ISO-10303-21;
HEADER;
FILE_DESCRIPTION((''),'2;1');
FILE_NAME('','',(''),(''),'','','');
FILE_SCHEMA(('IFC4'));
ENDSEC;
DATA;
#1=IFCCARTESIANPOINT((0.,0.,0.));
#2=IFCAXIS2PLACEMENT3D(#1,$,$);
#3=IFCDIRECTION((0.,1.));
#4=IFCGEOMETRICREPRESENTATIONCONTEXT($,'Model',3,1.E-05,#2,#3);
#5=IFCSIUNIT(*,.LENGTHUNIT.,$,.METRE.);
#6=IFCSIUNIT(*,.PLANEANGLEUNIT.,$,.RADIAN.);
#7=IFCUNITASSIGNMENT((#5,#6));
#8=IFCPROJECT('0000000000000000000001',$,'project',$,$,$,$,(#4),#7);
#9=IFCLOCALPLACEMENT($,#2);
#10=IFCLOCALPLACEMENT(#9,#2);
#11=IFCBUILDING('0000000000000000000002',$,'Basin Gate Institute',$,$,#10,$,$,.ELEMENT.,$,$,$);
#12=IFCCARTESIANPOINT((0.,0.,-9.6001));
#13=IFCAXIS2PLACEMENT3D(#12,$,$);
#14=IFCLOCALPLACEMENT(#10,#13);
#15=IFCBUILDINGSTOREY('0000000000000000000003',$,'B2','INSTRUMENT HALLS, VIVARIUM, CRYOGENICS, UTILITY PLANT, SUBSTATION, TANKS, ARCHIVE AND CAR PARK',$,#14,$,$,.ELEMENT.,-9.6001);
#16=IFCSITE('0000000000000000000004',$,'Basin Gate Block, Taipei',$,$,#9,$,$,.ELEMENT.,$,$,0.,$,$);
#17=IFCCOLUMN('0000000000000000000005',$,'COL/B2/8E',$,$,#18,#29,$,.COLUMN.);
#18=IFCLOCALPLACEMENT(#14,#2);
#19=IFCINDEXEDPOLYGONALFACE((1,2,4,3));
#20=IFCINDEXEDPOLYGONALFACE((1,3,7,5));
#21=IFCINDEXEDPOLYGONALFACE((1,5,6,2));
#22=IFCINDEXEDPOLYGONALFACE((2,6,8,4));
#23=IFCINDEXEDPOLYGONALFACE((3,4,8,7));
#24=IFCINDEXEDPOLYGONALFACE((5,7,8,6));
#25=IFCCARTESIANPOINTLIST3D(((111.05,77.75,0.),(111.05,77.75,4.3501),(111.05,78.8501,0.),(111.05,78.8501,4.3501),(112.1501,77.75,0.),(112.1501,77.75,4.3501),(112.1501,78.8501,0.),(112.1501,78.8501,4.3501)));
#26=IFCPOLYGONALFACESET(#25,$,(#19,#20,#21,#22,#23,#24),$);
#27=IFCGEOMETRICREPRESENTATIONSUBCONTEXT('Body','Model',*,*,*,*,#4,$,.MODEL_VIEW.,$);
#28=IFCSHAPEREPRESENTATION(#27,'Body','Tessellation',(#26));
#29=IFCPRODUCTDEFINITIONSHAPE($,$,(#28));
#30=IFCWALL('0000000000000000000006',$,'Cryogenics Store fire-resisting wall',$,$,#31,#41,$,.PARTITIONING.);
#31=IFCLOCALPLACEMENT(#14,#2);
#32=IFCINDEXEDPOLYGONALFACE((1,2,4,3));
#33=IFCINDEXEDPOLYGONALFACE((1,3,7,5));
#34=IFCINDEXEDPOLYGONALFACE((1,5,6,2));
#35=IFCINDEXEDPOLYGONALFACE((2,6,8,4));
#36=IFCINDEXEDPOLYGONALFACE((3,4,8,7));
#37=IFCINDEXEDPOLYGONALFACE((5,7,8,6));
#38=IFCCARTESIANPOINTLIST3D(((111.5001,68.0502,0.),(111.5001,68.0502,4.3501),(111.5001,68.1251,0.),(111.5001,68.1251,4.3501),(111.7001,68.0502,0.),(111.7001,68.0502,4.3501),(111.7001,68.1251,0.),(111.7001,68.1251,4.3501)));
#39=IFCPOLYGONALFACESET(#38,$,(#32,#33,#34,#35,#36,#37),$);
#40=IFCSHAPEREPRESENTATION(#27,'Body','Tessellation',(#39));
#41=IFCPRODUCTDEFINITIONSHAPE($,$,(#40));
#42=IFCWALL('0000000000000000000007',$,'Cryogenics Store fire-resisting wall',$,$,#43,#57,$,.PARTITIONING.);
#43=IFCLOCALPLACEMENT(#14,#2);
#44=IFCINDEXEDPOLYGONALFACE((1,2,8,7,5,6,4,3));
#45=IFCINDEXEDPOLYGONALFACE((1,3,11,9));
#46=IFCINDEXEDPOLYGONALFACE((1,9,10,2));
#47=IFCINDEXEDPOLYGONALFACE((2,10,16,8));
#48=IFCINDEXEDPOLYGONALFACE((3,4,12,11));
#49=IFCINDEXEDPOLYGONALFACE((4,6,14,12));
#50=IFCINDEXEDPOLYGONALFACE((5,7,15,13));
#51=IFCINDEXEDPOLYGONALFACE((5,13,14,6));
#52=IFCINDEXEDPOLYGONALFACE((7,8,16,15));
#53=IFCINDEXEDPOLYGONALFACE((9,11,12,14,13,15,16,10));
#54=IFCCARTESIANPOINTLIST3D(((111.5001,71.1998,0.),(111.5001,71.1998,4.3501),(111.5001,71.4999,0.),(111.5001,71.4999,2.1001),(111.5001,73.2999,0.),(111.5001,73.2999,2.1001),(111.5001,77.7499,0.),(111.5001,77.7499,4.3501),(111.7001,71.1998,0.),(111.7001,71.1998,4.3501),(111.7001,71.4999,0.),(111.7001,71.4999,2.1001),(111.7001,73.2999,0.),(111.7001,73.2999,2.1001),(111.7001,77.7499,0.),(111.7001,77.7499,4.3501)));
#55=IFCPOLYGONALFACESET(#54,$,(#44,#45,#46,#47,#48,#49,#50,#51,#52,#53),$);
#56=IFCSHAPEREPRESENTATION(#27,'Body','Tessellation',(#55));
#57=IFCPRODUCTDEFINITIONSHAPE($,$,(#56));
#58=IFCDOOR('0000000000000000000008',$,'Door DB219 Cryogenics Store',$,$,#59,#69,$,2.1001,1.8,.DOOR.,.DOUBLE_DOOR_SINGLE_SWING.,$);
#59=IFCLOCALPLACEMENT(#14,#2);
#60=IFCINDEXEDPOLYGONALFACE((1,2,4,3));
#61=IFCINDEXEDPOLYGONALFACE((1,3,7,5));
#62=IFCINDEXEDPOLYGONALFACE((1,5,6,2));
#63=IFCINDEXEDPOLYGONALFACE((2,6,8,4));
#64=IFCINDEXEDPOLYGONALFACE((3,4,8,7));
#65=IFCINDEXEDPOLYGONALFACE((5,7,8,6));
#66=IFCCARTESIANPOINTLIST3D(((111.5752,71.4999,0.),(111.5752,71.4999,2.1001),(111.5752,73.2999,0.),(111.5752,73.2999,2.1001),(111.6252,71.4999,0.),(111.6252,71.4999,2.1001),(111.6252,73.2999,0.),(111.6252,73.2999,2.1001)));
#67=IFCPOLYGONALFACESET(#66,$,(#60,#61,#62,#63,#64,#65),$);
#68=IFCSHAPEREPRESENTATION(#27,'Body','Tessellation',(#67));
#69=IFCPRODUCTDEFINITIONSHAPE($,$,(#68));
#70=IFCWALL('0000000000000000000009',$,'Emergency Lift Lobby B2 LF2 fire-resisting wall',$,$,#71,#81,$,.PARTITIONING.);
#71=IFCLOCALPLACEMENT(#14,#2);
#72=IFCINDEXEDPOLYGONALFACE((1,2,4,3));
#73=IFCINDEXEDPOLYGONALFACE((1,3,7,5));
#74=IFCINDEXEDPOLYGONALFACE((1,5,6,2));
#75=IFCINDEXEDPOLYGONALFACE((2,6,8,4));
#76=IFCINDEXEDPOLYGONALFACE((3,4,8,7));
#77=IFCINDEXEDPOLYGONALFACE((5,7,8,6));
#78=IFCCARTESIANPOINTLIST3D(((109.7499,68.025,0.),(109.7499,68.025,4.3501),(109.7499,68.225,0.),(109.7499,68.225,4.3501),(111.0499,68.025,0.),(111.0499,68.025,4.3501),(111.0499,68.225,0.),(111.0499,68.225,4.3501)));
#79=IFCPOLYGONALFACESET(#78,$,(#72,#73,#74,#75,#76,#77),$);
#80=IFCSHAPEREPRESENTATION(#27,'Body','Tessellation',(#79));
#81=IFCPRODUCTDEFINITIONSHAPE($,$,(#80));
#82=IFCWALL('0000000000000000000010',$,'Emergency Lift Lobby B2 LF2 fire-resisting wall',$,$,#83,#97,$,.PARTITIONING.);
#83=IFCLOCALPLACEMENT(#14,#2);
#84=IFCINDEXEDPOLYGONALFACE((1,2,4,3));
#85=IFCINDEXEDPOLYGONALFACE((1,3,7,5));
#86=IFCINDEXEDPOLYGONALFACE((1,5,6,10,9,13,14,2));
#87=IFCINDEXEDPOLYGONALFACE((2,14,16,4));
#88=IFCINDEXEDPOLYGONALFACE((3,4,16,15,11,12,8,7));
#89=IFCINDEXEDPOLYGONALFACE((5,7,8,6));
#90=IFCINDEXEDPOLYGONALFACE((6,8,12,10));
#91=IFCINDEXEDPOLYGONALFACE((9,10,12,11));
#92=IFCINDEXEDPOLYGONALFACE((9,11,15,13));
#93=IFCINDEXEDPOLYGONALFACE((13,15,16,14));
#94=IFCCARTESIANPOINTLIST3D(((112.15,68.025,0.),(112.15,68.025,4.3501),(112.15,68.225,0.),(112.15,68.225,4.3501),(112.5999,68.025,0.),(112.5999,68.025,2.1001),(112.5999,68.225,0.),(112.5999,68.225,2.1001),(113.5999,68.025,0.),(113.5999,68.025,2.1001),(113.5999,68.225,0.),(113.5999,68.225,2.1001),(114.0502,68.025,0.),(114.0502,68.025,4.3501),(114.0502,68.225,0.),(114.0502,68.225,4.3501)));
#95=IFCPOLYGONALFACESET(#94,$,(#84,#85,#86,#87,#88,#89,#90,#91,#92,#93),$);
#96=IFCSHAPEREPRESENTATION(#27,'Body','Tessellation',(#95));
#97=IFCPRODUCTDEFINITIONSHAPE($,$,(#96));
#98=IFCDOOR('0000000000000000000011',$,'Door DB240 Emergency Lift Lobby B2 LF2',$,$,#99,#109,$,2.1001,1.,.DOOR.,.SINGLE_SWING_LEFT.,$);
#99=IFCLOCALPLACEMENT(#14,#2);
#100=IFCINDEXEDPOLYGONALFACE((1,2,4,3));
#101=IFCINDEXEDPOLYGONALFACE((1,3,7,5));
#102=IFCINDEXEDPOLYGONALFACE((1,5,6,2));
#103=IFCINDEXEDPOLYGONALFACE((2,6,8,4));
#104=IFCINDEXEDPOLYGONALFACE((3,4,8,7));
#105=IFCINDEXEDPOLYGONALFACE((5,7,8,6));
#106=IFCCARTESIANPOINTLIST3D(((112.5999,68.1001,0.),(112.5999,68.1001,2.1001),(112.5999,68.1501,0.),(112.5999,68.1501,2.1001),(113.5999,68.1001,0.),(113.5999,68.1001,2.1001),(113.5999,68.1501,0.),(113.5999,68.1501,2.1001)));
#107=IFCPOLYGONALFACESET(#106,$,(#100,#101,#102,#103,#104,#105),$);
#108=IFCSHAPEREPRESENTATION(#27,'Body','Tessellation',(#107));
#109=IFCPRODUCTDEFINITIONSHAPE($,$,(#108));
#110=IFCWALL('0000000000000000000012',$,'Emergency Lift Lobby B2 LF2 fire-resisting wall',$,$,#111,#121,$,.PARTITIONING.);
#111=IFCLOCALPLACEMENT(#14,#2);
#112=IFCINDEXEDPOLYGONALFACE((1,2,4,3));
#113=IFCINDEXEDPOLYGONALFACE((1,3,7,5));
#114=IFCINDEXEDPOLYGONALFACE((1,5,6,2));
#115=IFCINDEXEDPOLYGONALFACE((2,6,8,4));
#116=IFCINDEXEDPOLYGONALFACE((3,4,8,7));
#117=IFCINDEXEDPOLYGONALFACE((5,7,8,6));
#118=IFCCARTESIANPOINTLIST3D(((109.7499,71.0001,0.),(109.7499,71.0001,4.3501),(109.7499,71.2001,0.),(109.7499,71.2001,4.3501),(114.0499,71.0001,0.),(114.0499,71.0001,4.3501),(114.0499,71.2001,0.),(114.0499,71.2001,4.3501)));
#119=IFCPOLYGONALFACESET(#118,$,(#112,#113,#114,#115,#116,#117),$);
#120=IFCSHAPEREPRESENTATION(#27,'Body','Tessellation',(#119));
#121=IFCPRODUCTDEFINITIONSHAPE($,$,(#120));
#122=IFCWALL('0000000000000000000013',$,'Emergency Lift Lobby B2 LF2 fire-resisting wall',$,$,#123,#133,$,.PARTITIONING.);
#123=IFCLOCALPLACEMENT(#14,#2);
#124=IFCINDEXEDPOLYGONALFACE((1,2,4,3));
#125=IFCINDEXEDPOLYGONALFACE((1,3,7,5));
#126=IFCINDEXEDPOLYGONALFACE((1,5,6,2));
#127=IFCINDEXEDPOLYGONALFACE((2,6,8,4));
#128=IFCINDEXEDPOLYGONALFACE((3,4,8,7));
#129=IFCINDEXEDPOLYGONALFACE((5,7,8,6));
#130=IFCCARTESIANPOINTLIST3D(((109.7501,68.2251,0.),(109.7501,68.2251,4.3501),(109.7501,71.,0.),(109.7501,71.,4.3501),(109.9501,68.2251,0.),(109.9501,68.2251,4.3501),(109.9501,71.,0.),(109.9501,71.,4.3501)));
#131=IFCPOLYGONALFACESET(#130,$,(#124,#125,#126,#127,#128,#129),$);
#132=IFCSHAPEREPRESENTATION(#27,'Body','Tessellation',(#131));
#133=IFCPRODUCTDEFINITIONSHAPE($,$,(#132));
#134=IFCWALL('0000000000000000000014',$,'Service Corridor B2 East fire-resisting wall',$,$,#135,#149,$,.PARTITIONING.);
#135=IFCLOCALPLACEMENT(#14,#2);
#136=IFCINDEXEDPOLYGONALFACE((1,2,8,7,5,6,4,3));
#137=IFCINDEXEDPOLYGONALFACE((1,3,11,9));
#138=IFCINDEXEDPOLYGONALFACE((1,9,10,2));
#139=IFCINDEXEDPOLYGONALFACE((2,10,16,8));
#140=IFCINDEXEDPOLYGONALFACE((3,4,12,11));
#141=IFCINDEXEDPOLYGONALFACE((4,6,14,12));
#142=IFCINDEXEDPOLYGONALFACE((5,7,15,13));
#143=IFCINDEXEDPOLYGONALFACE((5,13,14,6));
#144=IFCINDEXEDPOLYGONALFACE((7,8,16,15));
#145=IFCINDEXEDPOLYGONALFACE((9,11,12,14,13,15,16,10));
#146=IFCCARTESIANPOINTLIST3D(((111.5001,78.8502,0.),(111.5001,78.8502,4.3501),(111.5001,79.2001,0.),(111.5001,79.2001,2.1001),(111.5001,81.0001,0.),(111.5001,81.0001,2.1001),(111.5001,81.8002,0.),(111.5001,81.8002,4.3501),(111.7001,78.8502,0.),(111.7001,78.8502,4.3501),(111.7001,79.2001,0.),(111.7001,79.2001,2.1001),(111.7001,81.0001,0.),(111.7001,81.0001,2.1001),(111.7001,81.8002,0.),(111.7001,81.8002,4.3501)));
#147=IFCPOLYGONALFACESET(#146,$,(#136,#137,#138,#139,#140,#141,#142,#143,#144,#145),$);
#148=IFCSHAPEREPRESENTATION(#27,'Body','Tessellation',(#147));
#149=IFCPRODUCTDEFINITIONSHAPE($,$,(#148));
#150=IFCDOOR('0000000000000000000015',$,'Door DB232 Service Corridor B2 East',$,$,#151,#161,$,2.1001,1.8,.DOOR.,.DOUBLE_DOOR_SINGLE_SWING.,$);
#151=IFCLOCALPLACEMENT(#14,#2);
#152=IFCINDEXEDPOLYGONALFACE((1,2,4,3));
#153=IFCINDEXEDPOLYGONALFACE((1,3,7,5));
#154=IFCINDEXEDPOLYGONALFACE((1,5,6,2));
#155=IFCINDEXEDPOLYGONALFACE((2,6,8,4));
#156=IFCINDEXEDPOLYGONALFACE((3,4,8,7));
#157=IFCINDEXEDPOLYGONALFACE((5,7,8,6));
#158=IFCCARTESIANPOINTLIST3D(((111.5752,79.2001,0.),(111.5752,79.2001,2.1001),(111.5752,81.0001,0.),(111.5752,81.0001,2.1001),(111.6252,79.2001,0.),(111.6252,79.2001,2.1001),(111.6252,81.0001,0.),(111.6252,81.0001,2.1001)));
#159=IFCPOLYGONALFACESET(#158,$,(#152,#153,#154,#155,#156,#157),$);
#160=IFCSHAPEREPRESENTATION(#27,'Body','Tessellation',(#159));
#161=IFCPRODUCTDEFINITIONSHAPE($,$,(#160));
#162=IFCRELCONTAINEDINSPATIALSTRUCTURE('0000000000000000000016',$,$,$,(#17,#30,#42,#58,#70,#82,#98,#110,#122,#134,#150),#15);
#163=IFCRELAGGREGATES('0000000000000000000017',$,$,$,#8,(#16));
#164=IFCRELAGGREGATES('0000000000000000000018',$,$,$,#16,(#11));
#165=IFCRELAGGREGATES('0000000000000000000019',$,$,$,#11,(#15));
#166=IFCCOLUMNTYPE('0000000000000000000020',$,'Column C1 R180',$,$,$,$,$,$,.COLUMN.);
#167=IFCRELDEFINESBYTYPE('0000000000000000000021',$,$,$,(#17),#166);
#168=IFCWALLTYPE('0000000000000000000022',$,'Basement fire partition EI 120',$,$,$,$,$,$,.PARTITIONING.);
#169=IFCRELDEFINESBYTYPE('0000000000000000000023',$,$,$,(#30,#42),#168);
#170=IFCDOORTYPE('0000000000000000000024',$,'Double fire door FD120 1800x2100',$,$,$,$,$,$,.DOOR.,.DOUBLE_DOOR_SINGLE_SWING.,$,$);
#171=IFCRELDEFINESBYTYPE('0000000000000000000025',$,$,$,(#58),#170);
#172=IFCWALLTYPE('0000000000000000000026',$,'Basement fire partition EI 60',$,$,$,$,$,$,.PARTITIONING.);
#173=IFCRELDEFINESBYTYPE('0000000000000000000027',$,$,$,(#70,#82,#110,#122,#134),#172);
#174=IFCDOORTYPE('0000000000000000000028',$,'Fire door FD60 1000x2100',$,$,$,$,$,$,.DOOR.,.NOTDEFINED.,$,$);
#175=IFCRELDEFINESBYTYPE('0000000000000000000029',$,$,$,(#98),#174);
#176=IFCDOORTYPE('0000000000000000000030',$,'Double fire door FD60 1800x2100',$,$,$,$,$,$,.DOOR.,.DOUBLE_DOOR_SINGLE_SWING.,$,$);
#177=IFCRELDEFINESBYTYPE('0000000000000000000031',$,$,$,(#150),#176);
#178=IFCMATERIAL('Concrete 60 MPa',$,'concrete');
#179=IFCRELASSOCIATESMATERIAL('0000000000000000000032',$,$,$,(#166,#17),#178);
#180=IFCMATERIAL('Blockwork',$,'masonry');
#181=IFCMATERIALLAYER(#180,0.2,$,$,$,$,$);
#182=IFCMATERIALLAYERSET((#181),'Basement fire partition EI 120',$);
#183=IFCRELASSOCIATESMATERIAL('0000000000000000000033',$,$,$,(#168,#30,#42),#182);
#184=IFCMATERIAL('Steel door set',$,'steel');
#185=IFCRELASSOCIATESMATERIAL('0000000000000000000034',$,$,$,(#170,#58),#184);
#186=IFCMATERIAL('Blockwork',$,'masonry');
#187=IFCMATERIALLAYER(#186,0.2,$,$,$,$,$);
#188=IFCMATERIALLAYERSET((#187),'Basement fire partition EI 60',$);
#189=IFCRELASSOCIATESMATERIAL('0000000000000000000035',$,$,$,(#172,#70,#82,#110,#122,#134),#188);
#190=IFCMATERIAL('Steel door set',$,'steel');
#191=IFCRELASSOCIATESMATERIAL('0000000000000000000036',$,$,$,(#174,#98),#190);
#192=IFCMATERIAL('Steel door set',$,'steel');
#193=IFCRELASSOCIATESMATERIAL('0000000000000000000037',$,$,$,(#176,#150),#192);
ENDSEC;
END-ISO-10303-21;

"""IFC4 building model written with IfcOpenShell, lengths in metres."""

from ifc_helpers import new_model, si_unit, direction, frame, frame_2d, origin, origin_2d, place, context, subcontext, project, spatial, rectangle, extrude, material, layer, layer_set, material_profile, profile_set, type_object, element, fill, save


model = new_model("IFC4")

# Units and contexts
model_context = context("Model", 3, precision=1e-05, world=origin(), true_north=direction((0.0, 1.0)))
body_context = subcontext(model_context, "Body", "Model", "MODEL_VIEW")
ifc_project = project(units=[si_unit("LENGTHUNIT", "METRE"), si_unit("PLANEANGLEUNIT", "RADIAN")], contexts=[model_context])

# Site, building, storey
site_placement = place(None, origin())
site = spatial("IfcSite", under=ifc_project, at=site_placement, Name="Basin Gate Block, Taipei", CompositionType="ELEMENT", RefElevation=0.0)
building_placement = place(site_placement, origin())
building = spatial("IfcBuilding", under=site, at=building_placement, Name="Basin Gate Institute", CompositionType="ELEMENT")
storey_placement = place(building_placement, frame((0.0, 0.0, -9.6001)))
storey = spatial("IfcBuildingStorey", under=building, at=storey_placement, Name="B2", Description="INSTRUMENT HALLS, VIVARIUM, CRYOGENICS, UTILITY PLANT, SUBSTATION, TANKS, ARCHIVE AND CAR PARK", CompositionType="ELEMENT", Elevation=-9.6001)

# Column
ifc_material_1 = material(Name="Concrete 60 MPa", Category="concrete")
ifc_material_profile_1 = material_profile(ifc_material_1, rectangle(XDim=1.1001, YDim=1.1001, at=origin_2d()), Name="Column C1 1100 x 1100")
ifc_profile_set_1 = profile_set([ifc_material_profile_1], Name="Concrete 60 MPa")
column_type = type_object("IfcColumnType", Name="Column C1 R180", PredefinedType="COLUMN", material=ifc_profile_set_1)
column_placement = place(storey_placement, frame((111.6001, 78.3, 0.0), z_axis=(0.0, 0.0, 1.0), x_axis=(1.0, 0.0, 0.0)))
element("IfcColumn", 1, at=column_placement, inside=storey, type_object=column_type, material=ifc_profile_set_1, Name="COL/B2/8E", PredefinedType="COLUMN", context=body_context, shape_type="SweptSolid", body=[
    extrude(rectangle(XDim=1.1001, YDim=1.1001, at=origin_2d()), origin(), (0.0, 0.0, 1.0), 4.3501),
])

# Wall
ifc_material_2 = material(Name="Blockwork", Category="masonry")
ifc_layer_1 = layer(ifc_material_2, 0.2)
ifc_layer_set_1 = layer_set([ifc_layer_1], Name="Basement fire partition EI 120")
wall_type_1 = type_object("IfcWallType", Name="Basement fire partition EI 120", PredefinedType="PARTITIONING", material=ifc_layer_set_1)
wall_1_placement = place(storey_placement, frame((111.6001, 68.05, 0.0), z_axis=(0.0, 0.0, 1.0), x_axis=(0.0, 1.0, 0.0)))
element("IfcWall", 2, at=wall_1_placement, inside=storey, type_object=wall_type_1, material=ifc_layer_set_1, Name="Cryogenics Store fire-resisting wall", PredefinedType="PARTITIONING", context=body_context, shape_type="SweptSolid", body=[
    extrude(rectangle(XDim=0.075, YDim=0.2, at=frame_2d((0.0376, 0.0))), origin(), (0.0, 0.0, 1.0), 4.3501),
])

# Wall, opening, door
wall_2_placement = place(storey_placement, frame((111.6001, 71.2, 0.0), z_axis=(0.0, 0.0, 1.0), x_axis=(0.0, 1.0, 0.0)))
wall_2 = element("IfcWall", 3, at=wall_2_placement, inside=storey, type_object=wall_type_1, material=ifc_layer_set_1, Name="Cryogenics Store fire-resisting wall", PredefinedType="PARTITIONING", context=body_context, shape_type="SweptSolid", body=[
    extrude(rectangle(XDim=6.55, YDim=0.2, at=frame_2d((3.2749, 0.0))), origin(), (0.0, 0.0, 1.0), 4.3501),
])
opening_1_placement = place(wall_2_placement, frame((0.3, 0.0, 0.0)))
opening_1 = element("IfcOpeningElement", 4, at=opening_1_placement, cuts=wall_2, PredefinedType="OPENING", context=body_context, shape_type="SweptSolid", body=[
    extrude(rectangle(XDim=1.8, YDim=2.1001, at=frame_2d((0.8999, 1.05))), frame((0.0, 0.1099, 0.0), z_axis=(0.0, -1.0, 0.0), x_axis=(1.0, 0.0, 0.0)), (0.0, 0.0, 1.0), 0.22),
])
ifc_material_3 = material(Name="Steel door set", Category="steel")
door_type_1 = type_object("IfcDoorType", Name="Double fire door FD120 1800x2100", OperationType="DOUBLE_DOOR_SINGLE_SWING", PredefinedType="DOOR", material=ifc_material_3)
door_1_placement = place(opening_1_placement, origin())
door_1 = element("IfcDoor", 5, at=door_1_placement, inside=storey, type_object=door_type_1, material=ifc_material_3, Name="Door DB219 Cryogenics Store", OperationType="DOUBLE_DOOR_SINGLE_SWING", OverallHeight=2.1001, OverallWidth=1.8, PredefinedType="DOOR", context=body_context, shape_type="SweptSolid", body=[
    extrude(rectangle(XDim=1.8, YDim=2.1001, at=frame_2d((0.8999, 1.05))), frame((0.0, 0.0249, 0.0), z_axis=(0.0, -1.0, 0.0), x_axis=(1.0, 0.0, 0.0)), (0.0, 0.0, 1.0), 0.05),
])
fill(opening_1, door_1)

# Wall
ifc_material_4 = material(Name="Blockwork", Category="masonry")
ifc_layer_2 = layer(ifc_material_4, 0.2)
ifc_layer_set_2 = layer_set([ifc_layer_2], Name="Basement fire partition EI 60")
wall_type_2 = type_object("IfcWallType", Name="Basement fire partition EI 60", PredefinedType="PARTITIONING", material=ifc_layer_set_2)
wall_3_placement = place(storey_placement, frame((109.75, 68.125, 0.0), z_axis=(0.0, 0.0, 1.0), x_axis=(1.0, 0.0, 0.0)))
element("IfcWall", 6, at=wall_3_placement, inside=storey, type_object=wall_type_2, material=ifc_layer_set_2, Name="Emergency Lift Lobby B2 LF2 fire-resisting wall", PredefinedType="PARTITIONING", context=body_context, shape_type="SweptSolid", body=[
    extrude(rectangle(XDim=1.3, YDim=0.2, at=frame_2d((0.6499, 0.0))), origin(), (0.0, 0.0, 1.0), 4.3501),
])

# Wall, opening, door
wall_4_placement = place(storey_placement, frame((112.1499, 68.125, 0.0), z_axis=(0.0, 0.0, 1.0), x_axis=(1.0, 0.0, 0.0)))
wall_4 = element("IfcWall", 7, at=wall_4_placement, inside=storey, type_object=wall_type_2, material=ifc_layer_set_2, Name="Emergency Lift Lobby B2 LF2 fire-resisting wall", PredefinedType="PARTITIONING", context=body_context, shape_type="SweptSolid", body=[
    extrude(rectangle(XDim=1.9001, YDim=0.2, at=frame_2d((0.9502, 0.0))), origin(), (0.0, 0.0, 1.0), 4.3501),
])
opening_2_placement = place(wall_4_placement, frame((0.45, 0.0, 0.0)))
opening_2 = element("IfcOpeningElement", 8, at=opening_2_placement, cuts=wall_4, PredefinedType="OPENING", context=body_context, shape_type="SweptSolid", body=[
    extrude(rectangle(XDim=1.0, YDim=2.1001, at=frame_2d((0.5, 1.05))), frame((0.0, 0.1099, 0.0), z_axis=(0.0, -1.0, 0.0), x_axis=(1.0, 0.0, 0.0)), (0.0, 0.0, 1.0), 0.22),
])
ifc_material_5 = material(Name="Steel door set", Category="steel")
door_type_2 = type_object("IfcDoorType", Name="Fire door FD60 1000x2100", OperationType="NOTDEFINED", PredefinedType="DOOR", material=ifc_material_5)
door_2_placement = place(opening_2_placement, frame((1.0, 0.0, 0.0), z_axis=(0.0, 0.0, 1.0), x_axis=(-1.0, 0.0, 0.0)))
door_2 = element("IfcDoor", 9, at=door_2_placement, inside=storey, type_object=door_type_2, material=ifc_material_5, Name="Door DB240 Emergency Lift Lobby B2 LF2", OperationType="SINGLE_SWING_LEFT", OverallHeight=2.1001, OverallWidth=1.0, PredefinedType="DOOR", context=body_context, shape_type="SweptSolid", body=[
    extrude(rectangle(XDim=1.0, YDim=2.1001, at=frame_2d((0.5, 1.05))), frame((0.0, 0.0249, 0.0), z_axis=(0.0, -1.0, 0.0), x_axis=(1.0, 0.0, 0.0)), (0.0, 0.0, 1.0), 0.05),
])
fill(opening_2, door_2)

# Walls
wall_5_placement = place(storey_placement, frame((109.75, 71.1001, 0.0), z_axis=(0.0, 0.0, 1.0), x_axis=(1.0, 0.0, 0.0)))
element("IfcWall", 10, at=wall_5_placement, inside=storey, type_object=wall_type_2, material=ifc_layer_set_2, Name="Emergency Lift Lobby B2 LF2 fire-resisting wall", PredefinedType="PARTITIONING", context=body_context, shape_type="SweptSolid", body=[
    extrude(rectangle(XDim=4.3, YDim=0.2, at=frame_2d((2.1499, 0.0))), origin(), (0.0, 0.0, 1.0), 4.3501),
])
wall_6_placement = place(storey_placement, frame((109.8501, 68.2251, 0.0), z_axis=(0.0, 0.0, 1.0), x_axis=(0.0, 1.0, 0.0)))
element("IfcWall", 11, at=wall_6_placement, inside=storey, type_object=wall_type_2, material=ifc_layer_set_2, Name="Emergency Lift Lobby B2 LF2 fire-resisting wall", PredefinedType="PARTITIONING", context=body_context, shape_type="SweptSolid", body=[
    extrude(rectangle(XDim=2.7749, YDim=0.2, at=frame_2d((1.3875, 0.0))), origin(), (0.0, 0.0, 1.0), 4.3501),
])

# Wall, opening, door
wall_7_placement = place(storey_placement, frame((111.6001, 78.8501, 0.0), z_axis=(0.0, 0.0, 1.0), x_axis=(0.0, 1.0, 0.0)))
wall_7 = element("IfcWall", 12, at=wall_7_placement, inside=storey, type_object=wall_type_2, material=ifc_layer_set_2, Name="Service Corridor B2 East fire-resisting wall", PredefinedType="PARTITIONING", context=body_context, shape_type="SweptSolid", body=[
    extrude(rectangle(XDim=2.95, YDim=0.2, at=frame_2d((1.4751, 0.0))), origin(), (0.0, 0.0, 1.0), 4.3501),
])
opening_3_placement = place(wall_7_placement, frame((0.3501, 0.0, 0.0)))
opening_3 = element("IfcOpeningElement", 13, at=opening_3_placement, cuts=wall_7, PredefinedType="OPENING", context=body_context, shape_type="SweptSolid", body=[
    extrude(rectangle(XDim=1.8, YDim=2.1001, at=frame_2d((0.8999, 1.05))), frame((0.0, 0.1099, 0.0), z_axis=(0.0, -1.0, 0.0), x_axis=(1.0, 0.0, 0.0)), (0.0, 0.0, 1.0), 0.22),
])
ifc_material_6 = material(Name="Steel door set", Category="steel")
door_type_3 = type_object("IfcDoorType", Name="Double fire door FD60 1800x2100", OperationType="DOUBLE_DOOR_SINGLE_SWING", PredefinedType="DOOR", material=ifc_material_6)
door_3_placement = place(opening_3_placement, origin())
door_3 = element("IfcDoor", 14, at=door_3_placement, inside=storey, type_object=door_type_3, material=ifc_material_6, Name="Door DB232 Service Corridor B2 East", OperationType="DOUBLE_DOOR_SINGLE_SWING", OverallHeight=2.1001, OverallWidth=1.8, PredefinedType="DOOR", context=body_context, shape_type="SweptSolid", body=[
    extrude(rectangle(XDim=1.8, YDim=2.1001, at=frame_2d((0.8999, 1.05))), frame((0.0, 0.0249, 0.0), z_axis=(0.0, -1.0, 0.0), x_axis=(1.0, 0.0, 0.0)), (0.0, 0.0, 1.0), 0.05),
])
fill(opening_3, door_3)

save(model, "model.ifc")
